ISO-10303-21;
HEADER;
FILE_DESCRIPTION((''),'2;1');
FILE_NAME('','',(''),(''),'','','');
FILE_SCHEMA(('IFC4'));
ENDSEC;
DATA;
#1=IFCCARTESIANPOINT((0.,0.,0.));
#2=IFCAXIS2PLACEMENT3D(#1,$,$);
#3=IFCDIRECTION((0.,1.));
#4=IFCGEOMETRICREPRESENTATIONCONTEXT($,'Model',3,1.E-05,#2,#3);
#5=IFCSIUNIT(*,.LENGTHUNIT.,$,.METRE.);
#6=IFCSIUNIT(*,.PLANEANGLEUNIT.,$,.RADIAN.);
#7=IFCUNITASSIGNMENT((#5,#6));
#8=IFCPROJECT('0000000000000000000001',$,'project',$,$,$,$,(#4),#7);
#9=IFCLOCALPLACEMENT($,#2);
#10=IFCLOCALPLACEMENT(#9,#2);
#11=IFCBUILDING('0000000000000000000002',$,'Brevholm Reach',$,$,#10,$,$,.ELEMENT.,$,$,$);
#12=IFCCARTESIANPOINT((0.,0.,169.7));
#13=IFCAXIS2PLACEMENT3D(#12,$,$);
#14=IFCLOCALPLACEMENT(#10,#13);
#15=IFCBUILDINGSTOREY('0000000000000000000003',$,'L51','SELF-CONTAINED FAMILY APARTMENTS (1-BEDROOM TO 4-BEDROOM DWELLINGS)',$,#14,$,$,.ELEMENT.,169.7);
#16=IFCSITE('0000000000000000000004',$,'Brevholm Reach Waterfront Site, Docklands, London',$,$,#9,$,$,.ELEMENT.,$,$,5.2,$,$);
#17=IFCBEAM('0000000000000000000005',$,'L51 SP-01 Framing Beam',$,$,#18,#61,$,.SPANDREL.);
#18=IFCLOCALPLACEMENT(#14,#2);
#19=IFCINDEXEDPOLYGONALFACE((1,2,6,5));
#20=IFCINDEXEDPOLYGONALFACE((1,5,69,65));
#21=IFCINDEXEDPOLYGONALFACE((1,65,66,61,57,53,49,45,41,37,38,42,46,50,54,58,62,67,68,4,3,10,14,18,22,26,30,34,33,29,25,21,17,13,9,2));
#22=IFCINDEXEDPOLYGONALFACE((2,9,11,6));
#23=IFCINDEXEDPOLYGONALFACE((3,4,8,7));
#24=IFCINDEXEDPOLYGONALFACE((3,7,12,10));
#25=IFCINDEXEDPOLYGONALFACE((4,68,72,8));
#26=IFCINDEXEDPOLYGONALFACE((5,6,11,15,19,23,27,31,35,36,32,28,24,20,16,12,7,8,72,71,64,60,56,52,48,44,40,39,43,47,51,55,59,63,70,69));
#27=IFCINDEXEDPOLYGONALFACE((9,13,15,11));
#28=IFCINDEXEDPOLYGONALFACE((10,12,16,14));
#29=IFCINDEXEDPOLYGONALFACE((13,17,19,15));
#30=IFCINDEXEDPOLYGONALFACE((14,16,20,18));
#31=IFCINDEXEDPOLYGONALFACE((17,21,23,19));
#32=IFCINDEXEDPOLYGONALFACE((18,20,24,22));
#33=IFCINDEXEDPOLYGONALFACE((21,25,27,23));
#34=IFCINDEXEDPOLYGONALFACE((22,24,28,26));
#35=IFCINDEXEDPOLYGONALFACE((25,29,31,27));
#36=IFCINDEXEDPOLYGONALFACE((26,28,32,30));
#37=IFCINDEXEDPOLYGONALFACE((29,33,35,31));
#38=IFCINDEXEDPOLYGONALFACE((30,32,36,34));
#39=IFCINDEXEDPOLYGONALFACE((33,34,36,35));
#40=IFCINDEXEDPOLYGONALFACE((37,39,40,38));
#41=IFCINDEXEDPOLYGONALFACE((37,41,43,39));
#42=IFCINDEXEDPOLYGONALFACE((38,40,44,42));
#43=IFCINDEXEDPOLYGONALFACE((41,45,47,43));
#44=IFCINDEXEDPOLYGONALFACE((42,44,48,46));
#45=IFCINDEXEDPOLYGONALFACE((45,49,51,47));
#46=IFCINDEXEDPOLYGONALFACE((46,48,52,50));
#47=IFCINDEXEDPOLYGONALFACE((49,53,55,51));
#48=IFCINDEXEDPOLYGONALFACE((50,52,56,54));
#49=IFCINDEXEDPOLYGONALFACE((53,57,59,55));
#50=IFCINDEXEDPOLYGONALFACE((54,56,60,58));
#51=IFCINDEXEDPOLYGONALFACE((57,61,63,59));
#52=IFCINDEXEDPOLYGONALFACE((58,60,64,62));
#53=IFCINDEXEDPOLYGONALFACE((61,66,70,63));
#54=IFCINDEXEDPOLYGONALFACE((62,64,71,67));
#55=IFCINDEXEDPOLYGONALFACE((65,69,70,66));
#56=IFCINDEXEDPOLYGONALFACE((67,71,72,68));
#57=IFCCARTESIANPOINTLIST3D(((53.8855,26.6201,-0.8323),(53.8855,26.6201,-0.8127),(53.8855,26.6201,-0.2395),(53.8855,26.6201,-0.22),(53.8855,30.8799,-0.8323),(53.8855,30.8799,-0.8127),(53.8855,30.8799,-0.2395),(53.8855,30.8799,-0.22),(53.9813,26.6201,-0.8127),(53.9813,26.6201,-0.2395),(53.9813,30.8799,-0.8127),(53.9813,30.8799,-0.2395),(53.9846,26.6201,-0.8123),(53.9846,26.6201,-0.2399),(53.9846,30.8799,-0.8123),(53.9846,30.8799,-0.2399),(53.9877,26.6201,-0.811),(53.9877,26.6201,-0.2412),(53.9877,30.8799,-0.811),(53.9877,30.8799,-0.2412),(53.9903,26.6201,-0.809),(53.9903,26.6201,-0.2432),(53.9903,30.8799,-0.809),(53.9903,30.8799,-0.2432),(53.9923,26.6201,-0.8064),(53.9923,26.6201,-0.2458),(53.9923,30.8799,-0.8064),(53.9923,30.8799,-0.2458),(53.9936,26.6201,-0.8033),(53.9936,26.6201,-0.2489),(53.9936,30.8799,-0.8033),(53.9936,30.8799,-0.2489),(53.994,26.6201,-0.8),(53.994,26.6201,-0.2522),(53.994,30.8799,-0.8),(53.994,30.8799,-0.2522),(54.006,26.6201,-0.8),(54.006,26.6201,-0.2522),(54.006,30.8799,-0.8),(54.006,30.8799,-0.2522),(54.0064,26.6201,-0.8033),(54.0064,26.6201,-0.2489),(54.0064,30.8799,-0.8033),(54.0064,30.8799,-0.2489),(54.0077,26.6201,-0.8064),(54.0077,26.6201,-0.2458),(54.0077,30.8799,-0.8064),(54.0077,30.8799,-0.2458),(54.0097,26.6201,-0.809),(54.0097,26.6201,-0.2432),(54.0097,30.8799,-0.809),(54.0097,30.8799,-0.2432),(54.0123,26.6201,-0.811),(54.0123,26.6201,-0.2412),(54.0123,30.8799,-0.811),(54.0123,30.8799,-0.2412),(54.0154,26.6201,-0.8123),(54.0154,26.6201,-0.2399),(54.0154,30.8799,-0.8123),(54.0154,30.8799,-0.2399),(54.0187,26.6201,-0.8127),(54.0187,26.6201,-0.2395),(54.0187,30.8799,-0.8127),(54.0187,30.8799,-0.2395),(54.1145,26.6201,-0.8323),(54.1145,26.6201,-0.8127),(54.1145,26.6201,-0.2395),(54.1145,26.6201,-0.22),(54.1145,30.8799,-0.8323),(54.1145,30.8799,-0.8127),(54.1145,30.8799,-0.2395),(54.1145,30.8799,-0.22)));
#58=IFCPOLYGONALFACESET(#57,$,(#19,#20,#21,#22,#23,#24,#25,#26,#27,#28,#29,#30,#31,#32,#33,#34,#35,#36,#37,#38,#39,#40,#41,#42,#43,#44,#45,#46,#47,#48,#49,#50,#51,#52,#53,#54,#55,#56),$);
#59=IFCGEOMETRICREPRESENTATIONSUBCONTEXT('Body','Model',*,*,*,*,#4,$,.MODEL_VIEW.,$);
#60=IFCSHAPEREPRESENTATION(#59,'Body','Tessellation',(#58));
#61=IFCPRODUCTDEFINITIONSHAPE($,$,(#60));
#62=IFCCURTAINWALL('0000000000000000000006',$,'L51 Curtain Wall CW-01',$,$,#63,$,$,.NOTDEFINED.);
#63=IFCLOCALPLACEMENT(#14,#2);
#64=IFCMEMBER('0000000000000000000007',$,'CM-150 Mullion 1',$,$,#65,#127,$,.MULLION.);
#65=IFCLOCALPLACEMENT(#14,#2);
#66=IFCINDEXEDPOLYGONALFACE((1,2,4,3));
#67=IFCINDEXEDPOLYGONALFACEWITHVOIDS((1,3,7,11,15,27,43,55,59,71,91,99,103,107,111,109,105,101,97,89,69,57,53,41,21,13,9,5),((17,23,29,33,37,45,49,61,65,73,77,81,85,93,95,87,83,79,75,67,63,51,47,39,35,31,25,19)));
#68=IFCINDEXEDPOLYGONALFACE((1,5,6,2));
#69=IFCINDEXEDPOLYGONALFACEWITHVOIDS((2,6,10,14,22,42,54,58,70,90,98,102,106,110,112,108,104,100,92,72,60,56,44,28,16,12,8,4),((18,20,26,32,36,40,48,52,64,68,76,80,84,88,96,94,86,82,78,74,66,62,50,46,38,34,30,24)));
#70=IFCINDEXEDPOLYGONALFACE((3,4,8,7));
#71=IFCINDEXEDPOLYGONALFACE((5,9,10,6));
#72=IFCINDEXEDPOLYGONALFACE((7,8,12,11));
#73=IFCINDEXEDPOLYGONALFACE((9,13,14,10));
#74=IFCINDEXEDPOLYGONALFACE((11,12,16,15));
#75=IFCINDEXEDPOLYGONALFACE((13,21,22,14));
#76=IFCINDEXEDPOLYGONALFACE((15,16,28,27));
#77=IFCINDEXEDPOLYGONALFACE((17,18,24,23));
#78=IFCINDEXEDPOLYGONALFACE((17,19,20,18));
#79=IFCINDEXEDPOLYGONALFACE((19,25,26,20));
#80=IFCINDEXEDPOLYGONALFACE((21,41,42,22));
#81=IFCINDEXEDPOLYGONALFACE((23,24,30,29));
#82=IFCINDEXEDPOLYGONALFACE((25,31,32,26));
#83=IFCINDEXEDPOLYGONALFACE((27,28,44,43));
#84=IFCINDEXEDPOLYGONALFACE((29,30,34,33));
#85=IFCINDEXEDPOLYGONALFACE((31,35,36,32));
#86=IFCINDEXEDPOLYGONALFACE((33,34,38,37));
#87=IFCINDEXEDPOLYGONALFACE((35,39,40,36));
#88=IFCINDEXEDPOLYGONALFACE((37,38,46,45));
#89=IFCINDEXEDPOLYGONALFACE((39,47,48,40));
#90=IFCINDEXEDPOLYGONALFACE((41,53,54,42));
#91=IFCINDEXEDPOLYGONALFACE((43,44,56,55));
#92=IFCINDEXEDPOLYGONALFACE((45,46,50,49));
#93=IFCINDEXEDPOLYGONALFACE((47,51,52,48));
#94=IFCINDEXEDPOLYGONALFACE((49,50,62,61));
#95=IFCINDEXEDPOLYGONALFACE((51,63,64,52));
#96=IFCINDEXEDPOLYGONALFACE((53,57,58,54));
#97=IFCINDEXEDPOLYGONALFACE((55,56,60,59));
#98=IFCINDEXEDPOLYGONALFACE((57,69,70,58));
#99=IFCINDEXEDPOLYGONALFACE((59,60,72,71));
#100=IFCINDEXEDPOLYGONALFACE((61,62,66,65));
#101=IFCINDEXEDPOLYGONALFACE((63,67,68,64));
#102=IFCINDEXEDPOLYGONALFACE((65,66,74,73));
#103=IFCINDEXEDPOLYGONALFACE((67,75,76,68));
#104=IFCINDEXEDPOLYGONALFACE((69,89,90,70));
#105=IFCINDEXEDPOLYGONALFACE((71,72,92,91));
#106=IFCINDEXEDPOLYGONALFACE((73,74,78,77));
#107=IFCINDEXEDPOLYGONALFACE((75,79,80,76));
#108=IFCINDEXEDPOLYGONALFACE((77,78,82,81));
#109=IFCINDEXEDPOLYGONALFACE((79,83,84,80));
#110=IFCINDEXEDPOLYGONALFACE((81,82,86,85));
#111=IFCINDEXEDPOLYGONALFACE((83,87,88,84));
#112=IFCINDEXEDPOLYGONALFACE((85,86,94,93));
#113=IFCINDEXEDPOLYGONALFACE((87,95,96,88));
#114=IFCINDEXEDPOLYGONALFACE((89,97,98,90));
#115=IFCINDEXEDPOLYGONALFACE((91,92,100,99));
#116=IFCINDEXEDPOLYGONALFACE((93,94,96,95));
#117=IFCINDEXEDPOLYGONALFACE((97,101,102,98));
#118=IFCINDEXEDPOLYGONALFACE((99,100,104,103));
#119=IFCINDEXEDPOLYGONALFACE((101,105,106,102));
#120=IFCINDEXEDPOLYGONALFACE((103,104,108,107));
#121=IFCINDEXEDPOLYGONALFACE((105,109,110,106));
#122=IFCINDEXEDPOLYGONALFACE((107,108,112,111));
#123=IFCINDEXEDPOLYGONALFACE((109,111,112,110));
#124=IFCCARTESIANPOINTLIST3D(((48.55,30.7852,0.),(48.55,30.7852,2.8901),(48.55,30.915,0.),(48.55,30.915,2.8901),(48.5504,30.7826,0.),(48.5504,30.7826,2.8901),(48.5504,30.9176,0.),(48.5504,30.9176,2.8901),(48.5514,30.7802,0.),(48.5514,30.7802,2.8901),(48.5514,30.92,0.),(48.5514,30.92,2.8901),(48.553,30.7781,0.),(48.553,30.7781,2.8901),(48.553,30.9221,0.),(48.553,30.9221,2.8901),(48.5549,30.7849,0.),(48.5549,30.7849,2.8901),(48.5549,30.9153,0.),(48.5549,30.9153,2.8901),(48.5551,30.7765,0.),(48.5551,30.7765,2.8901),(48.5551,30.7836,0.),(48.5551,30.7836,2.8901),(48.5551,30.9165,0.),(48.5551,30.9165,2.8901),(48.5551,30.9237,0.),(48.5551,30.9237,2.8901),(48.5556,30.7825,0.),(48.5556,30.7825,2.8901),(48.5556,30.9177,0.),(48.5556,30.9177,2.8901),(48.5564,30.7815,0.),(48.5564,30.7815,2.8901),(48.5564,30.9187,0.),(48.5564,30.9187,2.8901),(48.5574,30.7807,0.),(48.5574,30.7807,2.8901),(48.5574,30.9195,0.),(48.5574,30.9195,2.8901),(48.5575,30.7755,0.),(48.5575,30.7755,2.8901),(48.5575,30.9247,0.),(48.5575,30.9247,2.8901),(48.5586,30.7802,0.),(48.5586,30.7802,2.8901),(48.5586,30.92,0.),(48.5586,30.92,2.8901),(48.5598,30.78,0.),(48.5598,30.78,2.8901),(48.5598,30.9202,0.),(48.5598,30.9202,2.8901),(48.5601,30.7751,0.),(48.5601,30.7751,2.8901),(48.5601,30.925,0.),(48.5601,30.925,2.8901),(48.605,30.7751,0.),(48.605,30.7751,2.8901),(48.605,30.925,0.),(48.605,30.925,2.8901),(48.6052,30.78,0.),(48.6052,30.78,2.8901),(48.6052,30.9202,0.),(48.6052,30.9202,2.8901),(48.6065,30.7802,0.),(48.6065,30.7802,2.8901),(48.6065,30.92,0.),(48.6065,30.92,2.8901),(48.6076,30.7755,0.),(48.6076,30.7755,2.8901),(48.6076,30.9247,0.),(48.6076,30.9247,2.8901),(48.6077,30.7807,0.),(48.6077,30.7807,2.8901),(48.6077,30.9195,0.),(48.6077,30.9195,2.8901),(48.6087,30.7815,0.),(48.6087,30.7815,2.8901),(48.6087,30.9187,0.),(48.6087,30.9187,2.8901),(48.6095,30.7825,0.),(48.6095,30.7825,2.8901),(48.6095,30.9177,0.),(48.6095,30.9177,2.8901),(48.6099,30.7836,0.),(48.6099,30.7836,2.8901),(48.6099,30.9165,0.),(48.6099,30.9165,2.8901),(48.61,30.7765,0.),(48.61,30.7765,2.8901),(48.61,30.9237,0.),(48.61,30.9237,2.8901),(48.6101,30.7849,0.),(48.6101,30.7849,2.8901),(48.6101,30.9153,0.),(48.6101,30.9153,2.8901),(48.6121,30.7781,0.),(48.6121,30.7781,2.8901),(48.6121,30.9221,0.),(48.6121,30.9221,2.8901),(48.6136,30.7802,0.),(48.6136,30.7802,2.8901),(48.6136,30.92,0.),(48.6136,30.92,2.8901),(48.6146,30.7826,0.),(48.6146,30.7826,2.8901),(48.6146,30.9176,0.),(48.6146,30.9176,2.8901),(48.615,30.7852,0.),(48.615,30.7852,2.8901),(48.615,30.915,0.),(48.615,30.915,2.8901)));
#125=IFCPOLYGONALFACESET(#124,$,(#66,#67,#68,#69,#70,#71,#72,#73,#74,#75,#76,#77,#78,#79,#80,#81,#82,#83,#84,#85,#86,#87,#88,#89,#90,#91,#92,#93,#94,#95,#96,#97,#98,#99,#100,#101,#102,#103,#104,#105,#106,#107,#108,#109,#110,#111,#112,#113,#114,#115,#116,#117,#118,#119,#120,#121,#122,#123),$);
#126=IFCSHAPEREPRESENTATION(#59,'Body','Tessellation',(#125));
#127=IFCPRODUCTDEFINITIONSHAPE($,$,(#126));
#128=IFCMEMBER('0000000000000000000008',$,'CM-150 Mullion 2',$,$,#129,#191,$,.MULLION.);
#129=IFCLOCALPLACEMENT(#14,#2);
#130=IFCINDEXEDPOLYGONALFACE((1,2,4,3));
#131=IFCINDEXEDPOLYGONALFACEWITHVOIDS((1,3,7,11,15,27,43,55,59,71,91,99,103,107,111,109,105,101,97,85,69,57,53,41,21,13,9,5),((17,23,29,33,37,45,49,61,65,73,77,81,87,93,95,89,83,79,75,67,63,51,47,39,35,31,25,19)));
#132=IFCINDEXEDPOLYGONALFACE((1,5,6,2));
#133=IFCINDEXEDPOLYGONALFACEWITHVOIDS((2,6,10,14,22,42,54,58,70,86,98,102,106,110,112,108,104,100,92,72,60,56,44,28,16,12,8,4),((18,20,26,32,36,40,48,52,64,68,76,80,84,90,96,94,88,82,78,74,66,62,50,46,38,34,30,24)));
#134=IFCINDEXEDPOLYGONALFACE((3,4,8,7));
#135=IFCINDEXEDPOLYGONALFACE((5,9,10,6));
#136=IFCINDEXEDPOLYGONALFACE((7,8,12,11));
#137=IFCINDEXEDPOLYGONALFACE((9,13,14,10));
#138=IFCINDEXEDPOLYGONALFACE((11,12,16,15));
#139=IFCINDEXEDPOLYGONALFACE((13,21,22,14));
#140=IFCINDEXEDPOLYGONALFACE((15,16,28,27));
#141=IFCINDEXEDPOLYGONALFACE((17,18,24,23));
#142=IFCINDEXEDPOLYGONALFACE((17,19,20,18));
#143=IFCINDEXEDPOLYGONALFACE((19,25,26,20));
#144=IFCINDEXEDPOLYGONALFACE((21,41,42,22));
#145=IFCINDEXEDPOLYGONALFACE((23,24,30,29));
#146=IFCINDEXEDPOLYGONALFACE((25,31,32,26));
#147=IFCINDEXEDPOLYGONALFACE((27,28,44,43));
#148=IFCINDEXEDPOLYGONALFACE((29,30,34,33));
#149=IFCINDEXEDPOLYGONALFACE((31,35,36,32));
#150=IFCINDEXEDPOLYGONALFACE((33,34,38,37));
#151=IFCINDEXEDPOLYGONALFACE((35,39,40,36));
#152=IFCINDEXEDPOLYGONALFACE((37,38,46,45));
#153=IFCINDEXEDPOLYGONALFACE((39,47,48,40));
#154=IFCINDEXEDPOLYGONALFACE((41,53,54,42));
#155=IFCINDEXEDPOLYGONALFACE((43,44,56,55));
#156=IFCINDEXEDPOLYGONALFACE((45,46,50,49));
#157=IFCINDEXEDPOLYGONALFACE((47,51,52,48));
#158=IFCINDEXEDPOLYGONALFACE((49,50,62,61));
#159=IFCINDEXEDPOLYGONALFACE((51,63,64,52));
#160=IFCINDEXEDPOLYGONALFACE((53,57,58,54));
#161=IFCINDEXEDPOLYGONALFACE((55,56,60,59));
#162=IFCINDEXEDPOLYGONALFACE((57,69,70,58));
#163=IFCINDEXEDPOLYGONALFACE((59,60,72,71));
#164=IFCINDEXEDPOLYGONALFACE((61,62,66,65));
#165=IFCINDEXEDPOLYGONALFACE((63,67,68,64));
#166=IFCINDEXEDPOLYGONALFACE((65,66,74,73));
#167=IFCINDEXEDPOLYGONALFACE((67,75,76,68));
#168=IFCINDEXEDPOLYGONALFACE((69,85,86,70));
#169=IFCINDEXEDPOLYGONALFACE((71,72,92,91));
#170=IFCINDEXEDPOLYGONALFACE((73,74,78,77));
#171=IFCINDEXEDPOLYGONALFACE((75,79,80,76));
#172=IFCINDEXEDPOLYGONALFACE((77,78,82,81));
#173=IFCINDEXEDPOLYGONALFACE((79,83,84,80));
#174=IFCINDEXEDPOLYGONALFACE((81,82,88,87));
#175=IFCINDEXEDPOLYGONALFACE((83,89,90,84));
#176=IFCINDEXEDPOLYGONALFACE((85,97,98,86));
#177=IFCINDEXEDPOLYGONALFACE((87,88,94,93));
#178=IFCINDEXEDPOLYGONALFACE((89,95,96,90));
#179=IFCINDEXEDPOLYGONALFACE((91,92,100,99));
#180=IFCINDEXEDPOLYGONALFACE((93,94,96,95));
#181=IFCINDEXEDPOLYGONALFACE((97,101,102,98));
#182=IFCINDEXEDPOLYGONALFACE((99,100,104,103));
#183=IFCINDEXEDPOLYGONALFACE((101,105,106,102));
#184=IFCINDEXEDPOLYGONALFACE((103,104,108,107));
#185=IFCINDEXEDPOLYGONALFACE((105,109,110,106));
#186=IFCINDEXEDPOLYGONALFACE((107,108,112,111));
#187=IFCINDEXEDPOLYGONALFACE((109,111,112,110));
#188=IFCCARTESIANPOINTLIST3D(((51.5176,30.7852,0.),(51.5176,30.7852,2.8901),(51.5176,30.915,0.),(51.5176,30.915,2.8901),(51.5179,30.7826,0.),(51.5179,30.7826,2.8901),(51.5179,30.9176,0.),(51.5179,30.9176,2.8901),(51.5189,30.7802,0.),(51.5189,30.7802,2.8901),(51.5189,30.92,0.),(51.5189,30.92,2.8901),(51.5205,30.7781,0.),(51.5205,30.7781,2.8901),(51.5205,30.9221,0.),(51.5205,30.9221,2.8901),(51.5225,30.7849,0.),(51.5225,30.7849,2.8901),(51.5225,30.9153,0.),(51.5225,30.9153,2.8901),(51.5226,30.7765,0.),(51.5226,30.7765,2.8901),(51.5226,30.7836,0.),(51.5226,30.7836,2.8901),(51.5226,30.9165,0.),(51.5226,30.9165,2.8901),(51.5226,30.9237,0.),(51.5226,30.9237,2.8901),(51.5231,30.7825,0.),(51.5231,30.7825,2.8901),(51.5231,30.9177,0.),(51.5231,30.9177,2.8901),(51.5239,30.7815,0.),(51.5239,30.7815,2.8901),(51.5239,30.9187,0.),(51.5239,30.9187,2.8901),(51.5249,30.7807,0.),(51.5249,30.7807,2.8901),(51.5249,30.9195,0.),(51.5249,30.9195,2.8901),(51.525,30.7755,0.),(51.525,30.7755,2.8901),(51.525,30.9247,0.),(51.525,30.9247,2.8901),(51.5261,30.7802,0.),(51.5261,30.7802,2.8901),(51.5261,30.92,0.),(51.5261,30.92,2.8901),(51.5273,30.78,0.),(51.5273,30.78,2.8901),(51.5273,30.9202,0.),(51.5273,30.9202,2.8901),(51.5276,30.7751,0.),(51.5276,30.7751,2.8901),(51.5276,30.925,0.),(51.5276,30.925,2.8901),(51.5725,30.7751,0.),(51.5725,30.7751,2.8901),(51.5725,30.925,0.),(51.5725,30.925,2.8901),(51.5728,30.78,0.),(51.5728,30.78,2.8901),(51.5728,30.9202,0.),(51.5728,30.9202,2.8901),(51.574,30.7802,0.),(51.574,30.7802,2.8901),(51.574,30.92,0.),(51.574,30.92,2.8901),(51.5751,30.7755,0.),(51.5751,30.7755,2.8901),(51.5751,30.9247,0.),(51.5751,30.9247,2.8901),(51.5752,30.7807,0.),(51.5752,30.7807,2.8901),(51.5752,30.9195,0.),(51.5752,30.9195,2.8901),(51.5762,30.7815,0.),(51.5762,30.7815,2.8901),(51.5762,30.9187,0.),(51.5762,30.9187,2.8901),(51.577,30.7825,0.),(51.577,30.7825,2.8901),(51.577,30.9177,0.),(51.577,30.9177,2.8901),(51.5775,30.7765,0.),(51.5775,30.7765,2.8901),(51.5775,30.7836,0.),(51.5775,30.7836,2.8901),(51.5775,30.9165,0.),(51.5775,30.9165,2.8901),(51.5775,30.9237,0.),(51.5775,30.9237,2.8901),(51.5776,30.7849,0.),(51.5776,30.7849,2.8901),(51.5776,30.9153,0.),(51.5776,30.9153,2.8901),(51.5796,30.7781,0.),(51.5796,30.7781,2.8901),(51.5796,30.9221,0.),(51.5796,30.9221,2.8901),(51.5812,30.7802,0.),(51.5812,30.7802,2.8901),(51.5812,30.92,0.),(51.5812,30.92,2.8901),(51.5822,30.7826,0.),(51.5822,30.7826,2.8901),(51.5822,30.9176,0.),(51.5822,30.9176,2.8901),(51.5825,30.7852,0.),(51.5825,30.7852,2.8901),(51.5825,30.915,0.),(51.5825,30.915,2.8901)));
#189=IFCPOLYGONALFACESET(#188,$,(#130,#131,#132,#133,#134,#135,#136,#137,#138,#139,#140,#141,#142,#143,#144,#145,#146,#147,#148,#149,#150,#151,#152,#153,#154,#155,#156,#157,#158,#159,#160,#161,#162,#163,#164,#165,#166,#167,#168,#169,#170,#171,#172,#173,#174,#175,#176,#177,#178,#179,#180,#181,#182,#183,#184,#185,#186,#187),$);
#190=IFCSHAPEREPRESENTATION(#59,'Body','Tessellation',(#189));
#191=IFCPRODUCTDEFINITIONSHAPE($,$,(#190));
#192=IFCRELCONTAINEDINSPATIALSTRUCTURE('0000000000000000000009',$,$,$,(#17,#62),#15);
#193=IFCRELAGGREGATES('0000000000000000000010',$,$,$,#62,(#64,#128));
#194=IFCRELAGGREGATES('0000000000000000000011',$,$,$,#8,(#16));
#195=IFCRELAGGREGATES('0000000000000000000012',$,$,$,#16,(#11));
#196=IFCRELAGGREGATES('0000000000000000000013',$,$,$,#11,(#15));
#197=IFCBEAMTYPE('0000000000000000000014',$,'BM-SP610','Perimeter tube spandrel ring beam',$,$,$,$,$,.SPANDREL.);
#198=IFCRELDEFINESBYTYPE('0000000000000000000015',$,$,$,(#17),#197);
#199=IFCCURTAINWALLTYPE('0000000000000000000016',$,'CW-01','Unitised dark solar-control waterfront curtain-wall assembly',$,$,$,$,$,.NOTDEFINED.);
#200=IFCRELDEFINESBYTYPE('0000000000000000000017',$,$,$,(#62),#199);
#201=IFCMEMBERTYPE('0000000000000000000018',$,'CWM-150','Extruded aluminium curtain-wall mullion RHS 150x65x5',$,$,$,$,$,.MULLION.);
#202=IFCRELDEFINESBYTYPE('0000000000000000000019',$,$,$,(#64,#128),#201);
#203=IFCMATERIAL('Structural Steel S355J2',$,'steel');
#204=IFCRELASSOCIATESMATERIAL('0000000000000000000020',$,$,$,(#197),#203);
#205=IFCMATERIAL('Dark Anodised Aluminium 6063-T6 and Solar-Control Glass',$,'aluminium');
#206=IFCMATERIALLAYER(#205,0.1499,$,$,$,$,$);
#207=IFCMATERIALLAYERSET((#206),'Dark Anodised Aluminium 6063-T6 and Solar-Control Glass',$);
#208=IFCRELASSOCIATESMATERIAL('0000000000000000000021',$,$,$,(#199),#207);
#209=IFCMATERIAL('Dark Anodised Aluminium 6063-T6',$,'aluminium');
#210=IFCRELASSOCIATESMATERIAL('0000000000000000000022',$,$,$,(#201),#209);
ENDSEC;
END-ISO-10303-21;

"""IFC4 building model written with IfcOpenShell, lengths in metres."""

from ifc_helpers import new_model, si_unit, direction, frame, origin, origin_2d, place, context, subcontext, project, spatial, hollow_rectangle, i_section, extrude, material, layer, layer_set, material_profile, profile_set, type_object, element, aggregate, save


model = new_model("IFC4")

# Units and contexts
model_context = context("Model", 3, precision=1e-05, world=origin(), true_north=direction((0.0, 1.0)))
body_context = subcontext(model_context, "Body", "Model", "MODEL_VIEW")
ifc_project = project(units=[si_unit("LENGTHUNIT", "METRE"), si_unit("PLANEANGLEUNIT", "RADIAN")], contexts=[model_context])

# Site, building, storey
site_placement = place(None, origin())
site = spatial("IfcSite", under=ifc_project, at=site_placement, Name="Brevholm Reach Waterfront Site, Docklands, London", CompositionType="ELEMENT", RefElevation=5.2)
building_placement = place(site_placement, origin())
building = spatial("IfcBuilding", under=site, at=building_placement, Name="Brevholm Reach", CompositionType="ELEMENT")
storey_placement = place(building_placement, frame((0.0, 0.0, 169.7)))
storey = spatial("IfcBuildingStorey", under=building, at=storey_placement, Name="L51", Description="SELF-CONTAINED FAMILY APARTMENTS (1-BEDROOM TO 4-BEDROOM DWELLINGS)", CompositionType="ELEMENT", Elevation=169.7)

# Beam
ifc_material_1 = material(Name="Structural Steel S355J2", Category="steel")
ifc_material_profile_1 = material_profile(ifc_material_1, i_section(OverallWidth=0.229, OverallDepth=0.6123, WebThickness=0.012, FlangeThickness=0.0195, FilletRadius=0.0127, at=origin_2d()), Name="UKB 610x229x125")
ifc_profile_set_1 = profile_set([ifc_material_profile_1], Name="Structural Steel S355J2")
beam_type_1 = type_object("IfcBeamType", Name="BM-SP610", Description="Perimeter tube spandrel ring beam", PredefinedType="SPANDREL", material=ifc_profile_set_1)
beam_1_placement = place(storey_placement, frame((54.0, 26.6201, -0.5261), z_axis=(0.0, 1.0, 0.0), x_axis=(-1.0, 0.0, 0.0)))
element("IfcBeam", 1, at=beam_1_placement, inside=storey, type_object=beam_type_1, Name="L51 SP-01 Framing Beam", PredefinedType="SPANDREL", context=body_context, shape_type="SweptSolid", body=[
    extrude(i_section(OverallWidth=0.229, OverallDepth=0.6123, WebThickness=0.012, FlangeThickness=0.0195, FilletRadius=0.0127, at=origin_2d()), origin(), (0.0, 0.0, 1.0), 4.2598),
])

# Curtain wall, members
ifc_material_2 = material(Name="Dark Anodised Aluminium 6063-T6 and Solar-Control Glass", Category="aluminium")
ifc_layer_1 = layer(ifc_material_2, 0.1499)
ifc_layer_set_1 = layer_set([ifc_layer_1], Name="Dark Anodised Aluminium 6063-T6 and Solar-Control Glass")
curtain_wall_type = type_object("IfcCurtainWallType", Name="CW-01", Description="Unitised dark solar-control waterfront curtain-wall assembly", PredefinedType="NOTDEFINED", material=ifc_layer_set_1)
curtain_wall_placement = place(storey_placement, origin())
curtain_wall = element("IfcCurtainWall", 2, at=curtain_wall_placement, inside=storey, type_object=curtain_wall_type, Name="L51 Curtain Wall CW-01", PredefinedType="NOTDEFINED")
ifc_material_3 = material(Name="Dark Anodised Aluminium 6063-T6", Category="aluminium")
ifc_material_profile_2 = material_profile(ifc_material_3, hollow_rectangle(XDim=0.0649, YDim=0.1499, WallThickness=0.0049, InnerFilletRadius=0.0049, OuterFilletRadius=0.01, at=origin_2d()), Name="RHS 150x65x5")
ifc_profile_set_2 = profile_set([ifc_material_profile_2], Name="Dark Anodised Aluminium 6063-T6")
member_type_1 = type_object("IfcMemberType", Name="CWM-150", Description="Extruded aluminium curtain-wall mullion RHS 150x65x5", PredefinedType="MULLION", material=ifc_profile_set_2)
member_1_placement = place(storey_placement, frame((48.5825, 30.8501, 0.0), z_axis=(0.0, 0.0, 1.0), x_axis=(1.0, 0.0, 0.0)))
member_1 = element("IfcMember", 3, at=member_1_placement, type_object=member_type_1, Name="CM-150 Mullion 1", PredefinedType="MULLION", context=body_context, shape_type="SweptSolid", body=[
    extrude(hollow_rectangle(XDim=0.0649, YDim=0.1499, WallThickness=0.0049, InnerFilletRadius=0.0049, OuterFilletRadius=0.01, at=origin_2d()), origin(), (0.0, 0.0, 1.0), 2.8901),
])
member_2_placement = place(storey_placement, frame((51.55, 30.8501, 0.0), z_axis=(0.0, 0.0, 1.0), x_axis=(1.0, 0.0, 0.0)))
member_2 = element("IfcMember", 4, at=member_2_placement, type_object=member_type_1, Name="CM-150 Mullion 2", PredefinedType="MULLION", context=body_context, shape_type="SweptSolid", body=[
    extrude(hollow_rectangle(XDim=0.0649, YDim=0.1499, WallThickness=0.0049, InnerFilletRadius=0.0049, OuterFilletRadius=0.01, at=origin_2d()), origin(), (0.0, 0.0, 1.0), 2.8901),
])
aggregate(curtain_wall, [member_1, member_2])

save(model, "model.ifc")
